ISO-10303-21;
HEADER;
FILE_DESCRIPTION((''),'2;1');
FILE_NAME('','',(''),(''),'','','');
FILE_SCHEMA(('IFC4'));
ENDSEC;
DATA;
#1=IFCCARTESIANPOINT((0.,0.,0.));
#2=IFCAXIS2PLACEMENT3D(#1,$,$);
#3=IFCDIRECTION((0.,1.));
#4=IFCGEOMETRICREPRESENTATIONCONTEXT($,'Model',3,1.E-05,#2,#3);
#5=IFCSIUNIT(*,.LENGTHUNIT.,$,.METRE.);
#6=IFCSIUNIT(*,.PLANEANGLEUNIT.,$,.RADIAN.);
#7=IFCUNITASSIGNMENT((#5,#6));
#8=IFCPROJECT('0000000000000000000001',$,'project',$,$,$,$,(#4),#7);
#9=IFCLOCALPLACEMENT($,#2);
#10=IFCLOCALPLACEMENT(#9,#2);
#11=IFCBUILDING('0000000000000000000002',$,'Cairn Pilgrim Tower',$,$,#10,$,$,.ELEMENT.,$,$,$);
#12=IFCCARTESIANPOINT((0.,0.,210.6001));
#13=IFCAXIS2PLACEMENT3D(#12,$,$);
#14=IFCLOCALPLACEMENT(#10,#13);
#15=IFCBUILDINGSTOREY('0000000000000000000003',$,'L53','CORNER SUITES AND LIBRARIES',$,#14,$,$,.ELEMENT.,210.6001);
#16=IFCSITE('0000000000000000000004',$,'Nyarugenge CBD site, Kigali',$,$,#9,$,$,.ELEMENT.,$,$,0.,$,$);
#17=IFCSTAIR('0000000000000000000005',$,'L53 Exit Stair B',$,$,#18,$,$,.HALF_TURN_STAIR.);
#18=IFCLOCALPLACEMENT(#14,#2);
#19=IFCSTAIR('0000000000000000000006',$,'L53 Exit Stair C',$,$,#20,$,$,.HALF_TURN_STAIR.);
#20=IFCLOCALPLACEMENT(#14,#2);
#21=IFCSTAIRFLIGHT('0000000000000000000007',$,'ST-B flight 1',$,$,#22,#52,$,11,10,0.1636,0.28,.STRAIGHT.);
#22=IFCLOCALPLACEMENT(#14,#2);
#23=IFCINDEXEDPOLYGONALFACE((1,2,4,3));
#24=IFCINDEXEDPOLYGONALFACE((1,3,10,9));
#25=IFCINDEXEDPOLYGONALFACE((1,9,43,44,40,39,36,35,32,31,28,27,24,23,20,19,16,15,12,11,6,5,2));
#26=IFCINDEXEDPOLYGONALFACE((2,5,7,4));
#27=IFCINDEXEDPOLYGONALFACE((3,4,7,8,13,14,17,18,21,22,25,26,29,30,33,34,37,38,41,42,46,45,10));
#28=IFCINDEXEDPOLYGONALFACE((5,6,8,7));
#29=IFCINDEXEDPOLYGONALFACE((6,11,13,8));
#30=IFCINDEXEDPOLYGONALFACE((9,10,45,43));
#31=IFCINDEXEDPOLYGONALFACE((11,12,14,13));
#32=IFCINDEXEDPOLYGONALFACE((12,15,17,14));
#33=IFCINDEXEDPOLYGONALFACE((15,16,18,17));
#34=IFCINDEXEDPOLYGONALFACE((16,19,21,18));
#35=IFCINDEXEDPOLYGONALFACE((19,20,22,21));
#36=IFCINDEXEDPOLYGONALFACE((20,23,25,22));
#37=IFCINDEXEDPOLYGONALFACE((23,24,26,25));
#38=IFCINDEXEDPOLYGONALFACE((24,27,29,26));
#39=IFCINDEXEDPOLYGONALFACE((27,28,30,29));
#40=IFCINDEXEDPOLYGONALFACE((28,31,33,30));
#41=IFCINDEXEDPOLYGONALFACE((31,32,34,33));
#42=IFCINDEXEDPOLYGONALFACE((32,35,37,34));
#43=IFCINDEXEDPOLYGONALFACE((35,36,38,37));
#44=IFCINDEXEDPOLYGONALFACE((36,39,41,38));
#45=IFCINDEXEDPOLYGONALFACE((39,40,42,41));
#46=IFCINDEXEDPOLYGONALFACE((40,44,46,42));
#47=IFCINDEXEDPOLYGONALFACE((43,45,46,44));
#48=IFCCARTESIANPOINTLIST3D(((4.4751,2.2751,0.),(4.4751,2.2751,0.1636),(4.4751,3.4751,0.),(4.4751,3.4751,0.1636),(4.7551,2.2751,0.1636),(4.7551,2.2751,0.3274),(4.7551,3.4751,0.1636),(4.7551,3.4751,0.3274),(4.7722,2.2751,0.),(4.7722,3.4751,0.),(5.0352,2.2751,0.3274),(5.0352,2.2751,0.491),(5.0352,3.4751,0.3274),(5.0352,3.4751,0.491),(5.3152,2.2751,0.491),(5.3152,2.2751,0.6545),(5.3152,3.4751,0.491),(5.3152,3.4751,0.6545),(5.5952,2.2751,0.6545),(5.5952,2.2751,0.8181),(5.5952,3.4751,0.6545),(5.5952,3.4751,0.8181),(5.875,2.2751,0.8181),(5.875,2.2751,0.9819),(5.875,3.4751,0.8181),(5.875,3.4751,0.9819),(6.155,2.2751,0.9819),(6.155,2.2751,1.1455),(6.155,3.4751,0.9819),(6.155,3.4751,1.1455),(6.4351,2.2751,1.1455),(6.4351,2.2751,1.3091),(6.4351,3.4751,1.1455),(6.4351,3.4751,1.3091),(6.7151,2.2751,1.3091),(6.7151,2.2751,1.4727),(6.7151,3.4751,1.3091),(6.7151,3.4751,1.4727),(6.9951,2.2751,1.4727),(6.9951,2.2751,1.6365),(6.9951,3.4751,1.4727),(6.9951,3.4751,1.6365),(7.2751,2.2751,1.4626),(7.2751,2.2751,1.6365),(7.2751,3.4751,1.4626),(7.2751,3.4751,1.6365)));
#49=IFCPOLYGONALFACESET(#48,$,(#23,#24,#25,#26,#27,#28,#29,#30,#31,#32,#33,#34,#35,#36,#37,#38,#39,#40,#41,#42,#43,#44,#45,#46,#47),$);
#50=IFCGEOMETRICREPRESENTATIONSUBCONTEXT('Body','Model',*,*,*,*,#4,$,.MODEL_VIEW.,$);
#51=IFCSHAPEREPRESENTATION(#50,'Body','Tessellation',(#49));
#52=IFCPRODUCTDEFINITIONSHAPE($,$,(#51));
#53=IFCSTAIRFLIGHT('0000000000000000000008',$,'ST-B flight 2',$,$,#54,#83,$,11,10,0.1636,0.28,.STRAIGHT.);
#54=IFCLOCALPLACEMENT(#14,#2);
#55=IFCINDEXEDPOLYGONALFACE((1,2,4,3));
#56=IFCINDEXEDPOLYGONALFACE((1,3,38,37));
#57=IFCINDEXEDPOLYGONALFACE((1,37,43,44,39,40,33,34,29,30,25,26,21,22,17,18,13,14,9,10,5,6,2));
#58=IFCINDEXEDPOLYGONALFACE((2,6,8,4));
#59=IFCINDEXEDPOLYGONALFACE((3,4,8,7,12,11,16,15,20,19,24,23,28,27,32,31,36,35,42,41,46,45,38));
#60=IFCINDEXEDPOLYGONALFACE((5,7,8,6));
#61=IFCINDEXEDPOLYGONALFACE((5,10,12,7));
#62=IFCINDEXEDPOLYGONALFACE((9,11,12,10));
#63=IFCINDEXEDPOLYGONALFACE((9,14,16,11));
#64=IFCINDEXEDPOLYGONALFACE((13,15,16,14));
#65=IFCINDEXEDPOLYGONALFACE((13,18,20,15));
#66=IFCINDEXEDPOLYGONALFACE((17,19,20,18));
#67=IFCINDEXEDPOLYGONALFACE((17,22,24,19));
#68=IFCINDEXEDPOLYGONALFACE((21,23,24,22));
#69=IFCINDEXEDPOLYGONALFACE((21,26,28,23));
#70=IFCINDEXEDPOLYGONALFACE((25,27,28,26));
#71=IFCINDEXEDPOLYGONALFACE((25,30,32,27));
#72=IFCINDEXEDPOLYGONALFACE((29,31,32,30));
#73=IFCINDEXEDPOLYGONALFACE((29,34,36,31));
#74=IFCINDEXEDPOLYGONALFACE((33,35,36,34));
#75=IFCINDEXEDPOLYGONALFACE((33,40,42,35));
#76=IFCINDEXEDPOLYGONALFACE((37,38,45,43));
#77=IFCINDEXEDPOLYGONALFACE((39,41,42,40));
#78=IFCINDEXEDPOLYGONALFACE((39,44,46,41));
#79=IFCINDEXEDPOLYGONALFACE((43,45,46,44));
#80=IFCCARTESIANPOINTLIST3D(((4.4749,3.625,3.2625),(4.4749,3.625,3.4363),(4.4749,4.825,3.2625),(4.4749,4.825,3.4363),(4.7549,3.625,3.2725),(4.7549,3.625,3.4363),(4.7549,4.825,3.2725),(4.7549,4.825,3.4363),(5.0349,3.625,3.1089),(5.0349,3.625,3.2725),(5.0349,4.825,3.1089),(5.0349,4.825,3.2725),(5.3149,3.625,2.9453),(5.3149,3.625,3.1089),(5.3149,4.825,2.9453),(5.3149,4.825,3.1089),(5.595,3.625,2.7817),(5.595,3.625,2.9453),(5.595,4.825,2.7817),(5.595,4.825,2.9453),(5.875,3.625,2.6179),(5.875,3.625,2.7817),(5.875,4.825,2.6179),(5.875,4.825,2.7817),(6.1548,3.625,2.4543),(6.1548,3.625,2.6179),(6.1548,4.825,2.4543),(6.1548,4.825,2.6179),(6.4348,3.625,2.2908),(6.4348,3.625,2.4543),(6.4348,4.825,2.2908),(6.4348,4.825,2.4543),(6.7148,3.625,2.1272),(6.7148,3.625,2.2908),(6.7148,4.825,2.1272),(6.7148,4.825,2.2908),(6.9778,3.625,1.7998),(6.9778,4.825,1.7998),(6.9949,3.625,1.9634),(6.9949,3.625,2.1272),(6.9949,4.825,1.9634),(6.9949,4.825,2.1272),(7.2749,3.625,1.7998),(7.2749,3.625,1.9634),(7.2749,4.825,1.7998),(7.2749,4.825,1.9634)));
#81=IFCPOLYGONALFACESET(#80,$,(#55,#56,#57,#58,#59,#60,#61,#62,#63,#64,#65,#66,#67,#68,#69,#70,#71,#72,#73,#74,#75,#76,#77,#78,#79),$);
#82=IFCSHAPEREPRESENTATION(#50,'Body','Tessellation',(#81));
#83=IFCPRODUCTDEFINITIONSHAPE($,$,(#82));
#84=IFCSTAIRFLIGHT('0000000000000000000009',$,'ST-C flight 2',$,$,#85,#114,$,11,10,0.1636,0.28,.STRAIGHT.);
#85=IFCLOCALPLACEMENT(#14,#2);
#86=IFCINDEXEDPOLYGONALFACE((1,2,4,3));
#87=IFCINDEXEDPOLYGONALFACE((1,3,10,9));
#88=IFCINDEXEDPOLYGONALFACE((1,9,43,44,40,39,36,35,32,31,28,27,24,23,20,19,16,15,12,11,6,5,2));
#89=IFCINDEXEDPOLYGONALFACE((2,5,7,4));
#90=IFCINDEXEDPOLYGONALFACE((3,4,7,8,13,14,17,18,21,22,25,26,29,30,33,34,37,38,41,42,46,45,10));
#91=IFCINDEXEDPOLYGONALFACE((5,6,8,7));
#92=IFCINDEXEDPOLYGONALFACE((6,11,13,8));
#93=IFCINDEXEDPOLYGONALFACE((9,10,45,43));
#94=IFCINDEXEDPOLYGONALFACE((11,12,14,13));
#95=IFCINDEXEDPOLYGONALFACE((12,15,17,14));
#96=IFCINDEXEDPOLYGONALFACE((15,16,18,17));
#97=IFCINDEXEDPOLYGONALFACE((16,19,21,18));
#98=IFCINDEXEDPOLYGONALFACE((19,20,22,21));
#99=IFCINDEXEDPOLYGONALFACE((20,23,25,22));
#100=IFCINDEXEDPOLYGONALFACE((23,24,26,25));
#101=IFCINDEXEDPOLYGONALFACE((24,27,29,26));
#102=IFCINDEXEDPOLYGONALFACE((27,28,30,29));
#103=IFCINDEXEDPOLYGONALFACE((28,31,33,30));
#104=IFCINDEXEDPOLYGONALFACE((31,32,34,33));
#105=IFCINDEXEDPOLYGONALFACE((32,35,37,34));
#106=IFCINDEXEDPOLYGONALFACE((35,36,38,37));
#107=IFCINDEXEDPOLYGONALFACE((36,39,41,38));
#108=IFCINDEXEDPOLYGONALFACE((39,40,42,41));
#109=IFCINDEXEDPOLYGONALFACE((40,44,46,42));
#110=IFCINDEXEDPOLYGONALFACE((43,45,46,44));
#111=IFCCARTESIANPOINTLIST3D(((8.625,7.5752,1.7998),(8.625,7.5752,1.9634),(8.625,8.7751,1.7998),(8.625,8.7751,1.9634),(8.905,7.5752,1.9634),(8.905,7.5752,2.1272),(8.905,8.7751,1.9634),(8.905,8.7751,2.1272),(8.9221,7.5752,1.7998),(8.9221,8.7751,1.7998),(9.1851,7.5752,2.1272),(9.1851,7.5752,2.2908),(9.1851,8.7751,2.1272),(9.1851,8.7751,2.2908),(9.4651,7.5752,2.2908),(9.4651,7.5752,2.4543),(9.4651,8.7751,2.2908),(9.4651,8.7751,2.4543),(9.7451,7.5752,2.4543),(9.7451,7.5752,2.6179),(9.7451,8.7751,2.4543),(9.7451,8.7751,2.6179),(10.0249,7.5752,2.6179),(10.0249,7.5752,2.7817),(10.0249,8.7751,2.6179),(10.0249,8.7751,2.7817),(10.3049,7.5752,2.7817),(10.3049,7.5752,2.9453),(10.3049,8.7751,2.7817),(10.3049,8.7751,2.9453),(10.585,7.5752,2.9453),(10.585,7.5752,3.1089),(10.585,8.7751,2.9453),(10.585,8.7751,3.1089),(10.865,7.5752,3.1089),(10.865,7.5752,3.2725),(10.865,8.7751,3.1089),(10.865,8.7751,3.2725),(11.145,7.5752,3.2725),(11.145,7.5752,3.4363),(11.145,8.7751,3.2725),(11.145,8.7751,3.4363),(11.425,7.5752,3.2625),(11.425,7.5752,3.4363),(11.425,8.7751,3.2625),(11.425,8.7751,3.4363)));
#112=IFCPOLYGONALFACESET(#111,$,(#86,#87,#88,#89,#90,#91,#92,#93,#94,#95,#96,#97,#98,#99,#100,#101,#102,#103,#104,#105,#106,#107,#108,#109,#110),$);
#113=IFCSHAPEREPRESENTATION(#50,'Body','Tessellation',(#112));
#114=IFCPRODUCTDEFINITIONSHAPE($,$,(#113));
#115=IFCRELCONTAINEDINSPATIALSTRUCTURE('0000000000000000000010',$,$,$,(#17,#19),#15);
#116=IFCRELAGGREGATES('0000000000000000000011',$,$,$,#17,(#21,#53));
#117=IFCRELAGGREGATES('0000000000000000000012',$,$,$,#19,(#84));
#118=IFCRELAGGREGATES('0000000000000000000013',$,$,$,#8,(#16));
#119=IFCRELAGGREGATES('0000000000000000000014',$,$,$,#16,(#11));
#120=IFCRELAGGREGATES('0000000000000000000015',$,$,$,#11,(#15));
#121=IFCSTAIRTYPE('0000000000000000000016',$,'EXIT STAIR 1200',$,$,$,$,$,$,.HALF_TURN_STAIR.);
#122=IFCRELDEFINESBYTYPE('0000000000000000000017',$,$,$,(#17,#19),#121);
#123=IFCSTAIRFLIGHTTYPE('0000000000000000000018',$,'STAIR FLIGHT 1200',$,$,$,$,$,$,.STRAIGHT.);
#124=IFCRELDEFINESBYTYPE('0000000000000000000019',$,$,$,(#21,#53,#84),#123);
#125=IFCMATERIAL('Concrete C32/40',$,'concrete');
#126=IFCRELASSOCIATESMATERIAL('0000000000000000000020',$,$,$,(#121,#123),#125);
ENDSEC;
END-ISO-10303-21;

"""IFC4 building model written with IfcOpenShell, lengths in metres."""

from ifc_helpers import new_model, si_unit, direction, frame, origin, place, context, subcontext, project, spatial, polyline, outline, extrude, material, type_object, element, aggregate, save


model = new_model("IFC4")

# Units and contexts
model_context = context("Model", 3, precision=1e-05, world=origin(), true_north=direction((0.0, 1.0)))
body_context = subcontext(model_context, "Body", "Model", "MODEL_VIEW")
ifc_project = project(units=[si_unit("LENGTHUNIT", "METRE"), si_unit("PLANEANGLEUNIT", "RADIAN")], contexts=[model_context])

# Site, building, storey
site_placement = place(None, origin())
site = spatial("IfcSite", under=ifc_project, at=site_placement, Name="Nyarugenge CBD site, Kigali", CompositionType="ELEMENT", RefElevation=0.0)
building_placement = place(site_placement, origin())
building = spatial("IfcBuilding", under=site, at=building_placement, Name="Cairn Pilgrim Tower", CompositionType="ELEMENT")
storey_placement = place(building_placement, frame((0.0, 0.0, 210.6001)))
storey = spatial("IfcBuildingStorey", under=building, at=storey_placement, Name="L53", Description="CORNER SUITES AND LIBRARIES", CompositionType="ELEMENT", Elevation=210.6001)

# Stairs
ifc_material_1 = material(Name="Concrete C32/40", Category="concrete")
stair_type = type_object("IfcStairType", Name="EXIT STAIR 1200", PredefinedType="HALF_TURN_STAIR", material=ifc_material_1)
stair_1_placement = place(storey_placement, origin())
stair_1 = element("IfcStair", 1, at=stair_1_placement, inside=storey, type_object=stair_type, Name="L53 Exit Stair B", PredefinedType="HALF_TURN_STAIR")
stair_2_placement = place(storey_placement, origin())
stair_2 = element("IfcStair", 2, at=stair_2_placement, inside=storey, type_object=stair_type, Name="L53 Exit Stair C", PredefinedType="HALF_TURN_STAIR")

# Stair flights
stair_flight_type = type_object("IfcStairFlightType", Name="STAIR FLIGHT 1200", PredefinedType="STRAIGHT", material=ifc_material_1)
stair_flight_1_placement = place(storey_placement, frame((4.4751, 2.875, 0.0), z_axis=(0.0, 0.0, 1.0), x_axis=(1.0, 0.0, 0.0)))
stair_flight_1 = element("IfcStairFlight", 3, at=stair_flight_1_placement, type_object=stair_flight_type, Name="ST-B flight 1", NumberOfRisers=11, NumberOfTreads=10, PredefinedType="STRAIGHT", RiserHeight=0.1636, TreadLength=0.28, context=body_context, shape_type="SweptSolid", body=[
    extrude(outline(polyline([(0.0, 0.0), (0.0, 0.1636), (0.28, 0.1636), (0.28, 0.3274), (0.5601, 0.3274), (0.5601, 0.491), (0.8401, 0.491), (0.8401, 0.6545), (1.1201, 0.6545), (1.1201, 0.8181), (1.3999, 0.8181), (1.3999, 0.9819), (1.6799, 0.9819), (1.6799, 1.1455), (1.96, 1.1455), (1.96, 1.3091), (2.24, 1.3091), (2.24, 1.4727), (2.52, 1.4727), (2.52, 1.6365), (2.8, 1.6365), (2.8, 1.8), (2.8, 1.4626), (0.2971, 0.0), (0.0, 0.0)])), frame((0.0, 0.6001, 0.0), z_axis=(0.0, -1.0, 0.0), x_axis=(1.0, 0.0, 0.0)), (0.0, 0.0, 1.0), 1.2),
])
stair_flight_2_placement = place(storey_placement, frame((7.2749, 4.2251, 1.7998), z_axis=(0.0, 0.0, 1.0), x_axis=(-1.0, 0.0, 0.0)))
stair_flight_2 = element("IfcStairFlight", 4, at=stair_flight_2_placement, type_object=stair_flight_type, Name="ST-B flight 2", NumberOfRisers=11, NumberOfTreads=10, PredefinedType="STRAIGHT", RiserHeight=0.1636, TreadLength=0.28, context=body_context, shape_type="SweptSolid", body=[
    extrude(outline(polyline([(0.0, 0.0), (0.0, 0.1636), (0.28, 0.1636), (0.28, 0.3274), (0.5601, 0.3274), (0.5601, 0.491), (0.8401, 0.491), (0.8401, 0.6545), (1.1201, 0.6545), (1.1201, 0.8181), (1.3999, 0.8181), (1.3999, 0.9819), (1.6799, 0.9819), (1.6799, 1.1455), (1.96, 1.1455), (1.96, 1.3091), (2.24, 1.3091), (2.24, 1.4727), (2.52, 1.4727), (2.52, 1.6365), (2.8, 1.6365), (2.8, 1.8), (2.8, 1.4626), (0.2971, 0.0), (0.0, 0.0)])), frame((0.0, 0.6001, 0.0), z_axis=(0.0, -1.0, 0.0), x_axis=(1.0, 0.0, 0.0)), (0.0, 0.0, 1.0), 1.2),
])
aggregate(stair_1, [stair_flight_1, stair_flight_2])
stair_flight_3_placement = place(storey_placement, frame((8.625, 8.175, 1.7998), z_axis=(0.0, 0.0, 1.0), x_axis=(1.0, 0.0, 0.0)))
stair_flight_3 = element("IfcStairFlight", 5, at=stair_flight_3_placement, type_object=stair_flight_type, Name="ST-C flight 2", NumberOfRisers=11, NumberOfTreads=10, PredefinedType="STRAIGHT", RiserHeight=0.1636, TreadLength=0.28, context=body_context, shape_type="SweptSolid", body=[
    extrude(outline(polyline([(0.0, 0.0), (0.0, 0.1636), (0.28, 0.1636), (0.28, 0.3274), (0.5601, 0.3274), (0.5601, 0.491), (0.8401, 0.491), (0.8401, 0.6545), (1.1201, 0.6545), (1.1201, 0.8181), (1.3999, 0.8181), (1.3999, 0.9819), (1.6799, 0.9819), (1.6799, 1.1455), (1.96, 1.1455), (1.96, 1.3091), (2.24, 1.3091), (2.24, 1.4727), (2.52, 1.4727), (2.52, 1.6365), (2.8, 1.6365), (2.8, 1.8), (2.8, 1.4626), (0.2971, 0.0), (0.0, 0.0)])), frame((0.0, 0.6001, 0.0), z_axis=(0.0, -1.0, 0.0), x_axis=(1.0, 0.0, 0.0)), (0.0, 0.0, 1.0), 1.2),
])
aggregate(stair_2, [stair_flight_3])

save(model, "model.ifc")
